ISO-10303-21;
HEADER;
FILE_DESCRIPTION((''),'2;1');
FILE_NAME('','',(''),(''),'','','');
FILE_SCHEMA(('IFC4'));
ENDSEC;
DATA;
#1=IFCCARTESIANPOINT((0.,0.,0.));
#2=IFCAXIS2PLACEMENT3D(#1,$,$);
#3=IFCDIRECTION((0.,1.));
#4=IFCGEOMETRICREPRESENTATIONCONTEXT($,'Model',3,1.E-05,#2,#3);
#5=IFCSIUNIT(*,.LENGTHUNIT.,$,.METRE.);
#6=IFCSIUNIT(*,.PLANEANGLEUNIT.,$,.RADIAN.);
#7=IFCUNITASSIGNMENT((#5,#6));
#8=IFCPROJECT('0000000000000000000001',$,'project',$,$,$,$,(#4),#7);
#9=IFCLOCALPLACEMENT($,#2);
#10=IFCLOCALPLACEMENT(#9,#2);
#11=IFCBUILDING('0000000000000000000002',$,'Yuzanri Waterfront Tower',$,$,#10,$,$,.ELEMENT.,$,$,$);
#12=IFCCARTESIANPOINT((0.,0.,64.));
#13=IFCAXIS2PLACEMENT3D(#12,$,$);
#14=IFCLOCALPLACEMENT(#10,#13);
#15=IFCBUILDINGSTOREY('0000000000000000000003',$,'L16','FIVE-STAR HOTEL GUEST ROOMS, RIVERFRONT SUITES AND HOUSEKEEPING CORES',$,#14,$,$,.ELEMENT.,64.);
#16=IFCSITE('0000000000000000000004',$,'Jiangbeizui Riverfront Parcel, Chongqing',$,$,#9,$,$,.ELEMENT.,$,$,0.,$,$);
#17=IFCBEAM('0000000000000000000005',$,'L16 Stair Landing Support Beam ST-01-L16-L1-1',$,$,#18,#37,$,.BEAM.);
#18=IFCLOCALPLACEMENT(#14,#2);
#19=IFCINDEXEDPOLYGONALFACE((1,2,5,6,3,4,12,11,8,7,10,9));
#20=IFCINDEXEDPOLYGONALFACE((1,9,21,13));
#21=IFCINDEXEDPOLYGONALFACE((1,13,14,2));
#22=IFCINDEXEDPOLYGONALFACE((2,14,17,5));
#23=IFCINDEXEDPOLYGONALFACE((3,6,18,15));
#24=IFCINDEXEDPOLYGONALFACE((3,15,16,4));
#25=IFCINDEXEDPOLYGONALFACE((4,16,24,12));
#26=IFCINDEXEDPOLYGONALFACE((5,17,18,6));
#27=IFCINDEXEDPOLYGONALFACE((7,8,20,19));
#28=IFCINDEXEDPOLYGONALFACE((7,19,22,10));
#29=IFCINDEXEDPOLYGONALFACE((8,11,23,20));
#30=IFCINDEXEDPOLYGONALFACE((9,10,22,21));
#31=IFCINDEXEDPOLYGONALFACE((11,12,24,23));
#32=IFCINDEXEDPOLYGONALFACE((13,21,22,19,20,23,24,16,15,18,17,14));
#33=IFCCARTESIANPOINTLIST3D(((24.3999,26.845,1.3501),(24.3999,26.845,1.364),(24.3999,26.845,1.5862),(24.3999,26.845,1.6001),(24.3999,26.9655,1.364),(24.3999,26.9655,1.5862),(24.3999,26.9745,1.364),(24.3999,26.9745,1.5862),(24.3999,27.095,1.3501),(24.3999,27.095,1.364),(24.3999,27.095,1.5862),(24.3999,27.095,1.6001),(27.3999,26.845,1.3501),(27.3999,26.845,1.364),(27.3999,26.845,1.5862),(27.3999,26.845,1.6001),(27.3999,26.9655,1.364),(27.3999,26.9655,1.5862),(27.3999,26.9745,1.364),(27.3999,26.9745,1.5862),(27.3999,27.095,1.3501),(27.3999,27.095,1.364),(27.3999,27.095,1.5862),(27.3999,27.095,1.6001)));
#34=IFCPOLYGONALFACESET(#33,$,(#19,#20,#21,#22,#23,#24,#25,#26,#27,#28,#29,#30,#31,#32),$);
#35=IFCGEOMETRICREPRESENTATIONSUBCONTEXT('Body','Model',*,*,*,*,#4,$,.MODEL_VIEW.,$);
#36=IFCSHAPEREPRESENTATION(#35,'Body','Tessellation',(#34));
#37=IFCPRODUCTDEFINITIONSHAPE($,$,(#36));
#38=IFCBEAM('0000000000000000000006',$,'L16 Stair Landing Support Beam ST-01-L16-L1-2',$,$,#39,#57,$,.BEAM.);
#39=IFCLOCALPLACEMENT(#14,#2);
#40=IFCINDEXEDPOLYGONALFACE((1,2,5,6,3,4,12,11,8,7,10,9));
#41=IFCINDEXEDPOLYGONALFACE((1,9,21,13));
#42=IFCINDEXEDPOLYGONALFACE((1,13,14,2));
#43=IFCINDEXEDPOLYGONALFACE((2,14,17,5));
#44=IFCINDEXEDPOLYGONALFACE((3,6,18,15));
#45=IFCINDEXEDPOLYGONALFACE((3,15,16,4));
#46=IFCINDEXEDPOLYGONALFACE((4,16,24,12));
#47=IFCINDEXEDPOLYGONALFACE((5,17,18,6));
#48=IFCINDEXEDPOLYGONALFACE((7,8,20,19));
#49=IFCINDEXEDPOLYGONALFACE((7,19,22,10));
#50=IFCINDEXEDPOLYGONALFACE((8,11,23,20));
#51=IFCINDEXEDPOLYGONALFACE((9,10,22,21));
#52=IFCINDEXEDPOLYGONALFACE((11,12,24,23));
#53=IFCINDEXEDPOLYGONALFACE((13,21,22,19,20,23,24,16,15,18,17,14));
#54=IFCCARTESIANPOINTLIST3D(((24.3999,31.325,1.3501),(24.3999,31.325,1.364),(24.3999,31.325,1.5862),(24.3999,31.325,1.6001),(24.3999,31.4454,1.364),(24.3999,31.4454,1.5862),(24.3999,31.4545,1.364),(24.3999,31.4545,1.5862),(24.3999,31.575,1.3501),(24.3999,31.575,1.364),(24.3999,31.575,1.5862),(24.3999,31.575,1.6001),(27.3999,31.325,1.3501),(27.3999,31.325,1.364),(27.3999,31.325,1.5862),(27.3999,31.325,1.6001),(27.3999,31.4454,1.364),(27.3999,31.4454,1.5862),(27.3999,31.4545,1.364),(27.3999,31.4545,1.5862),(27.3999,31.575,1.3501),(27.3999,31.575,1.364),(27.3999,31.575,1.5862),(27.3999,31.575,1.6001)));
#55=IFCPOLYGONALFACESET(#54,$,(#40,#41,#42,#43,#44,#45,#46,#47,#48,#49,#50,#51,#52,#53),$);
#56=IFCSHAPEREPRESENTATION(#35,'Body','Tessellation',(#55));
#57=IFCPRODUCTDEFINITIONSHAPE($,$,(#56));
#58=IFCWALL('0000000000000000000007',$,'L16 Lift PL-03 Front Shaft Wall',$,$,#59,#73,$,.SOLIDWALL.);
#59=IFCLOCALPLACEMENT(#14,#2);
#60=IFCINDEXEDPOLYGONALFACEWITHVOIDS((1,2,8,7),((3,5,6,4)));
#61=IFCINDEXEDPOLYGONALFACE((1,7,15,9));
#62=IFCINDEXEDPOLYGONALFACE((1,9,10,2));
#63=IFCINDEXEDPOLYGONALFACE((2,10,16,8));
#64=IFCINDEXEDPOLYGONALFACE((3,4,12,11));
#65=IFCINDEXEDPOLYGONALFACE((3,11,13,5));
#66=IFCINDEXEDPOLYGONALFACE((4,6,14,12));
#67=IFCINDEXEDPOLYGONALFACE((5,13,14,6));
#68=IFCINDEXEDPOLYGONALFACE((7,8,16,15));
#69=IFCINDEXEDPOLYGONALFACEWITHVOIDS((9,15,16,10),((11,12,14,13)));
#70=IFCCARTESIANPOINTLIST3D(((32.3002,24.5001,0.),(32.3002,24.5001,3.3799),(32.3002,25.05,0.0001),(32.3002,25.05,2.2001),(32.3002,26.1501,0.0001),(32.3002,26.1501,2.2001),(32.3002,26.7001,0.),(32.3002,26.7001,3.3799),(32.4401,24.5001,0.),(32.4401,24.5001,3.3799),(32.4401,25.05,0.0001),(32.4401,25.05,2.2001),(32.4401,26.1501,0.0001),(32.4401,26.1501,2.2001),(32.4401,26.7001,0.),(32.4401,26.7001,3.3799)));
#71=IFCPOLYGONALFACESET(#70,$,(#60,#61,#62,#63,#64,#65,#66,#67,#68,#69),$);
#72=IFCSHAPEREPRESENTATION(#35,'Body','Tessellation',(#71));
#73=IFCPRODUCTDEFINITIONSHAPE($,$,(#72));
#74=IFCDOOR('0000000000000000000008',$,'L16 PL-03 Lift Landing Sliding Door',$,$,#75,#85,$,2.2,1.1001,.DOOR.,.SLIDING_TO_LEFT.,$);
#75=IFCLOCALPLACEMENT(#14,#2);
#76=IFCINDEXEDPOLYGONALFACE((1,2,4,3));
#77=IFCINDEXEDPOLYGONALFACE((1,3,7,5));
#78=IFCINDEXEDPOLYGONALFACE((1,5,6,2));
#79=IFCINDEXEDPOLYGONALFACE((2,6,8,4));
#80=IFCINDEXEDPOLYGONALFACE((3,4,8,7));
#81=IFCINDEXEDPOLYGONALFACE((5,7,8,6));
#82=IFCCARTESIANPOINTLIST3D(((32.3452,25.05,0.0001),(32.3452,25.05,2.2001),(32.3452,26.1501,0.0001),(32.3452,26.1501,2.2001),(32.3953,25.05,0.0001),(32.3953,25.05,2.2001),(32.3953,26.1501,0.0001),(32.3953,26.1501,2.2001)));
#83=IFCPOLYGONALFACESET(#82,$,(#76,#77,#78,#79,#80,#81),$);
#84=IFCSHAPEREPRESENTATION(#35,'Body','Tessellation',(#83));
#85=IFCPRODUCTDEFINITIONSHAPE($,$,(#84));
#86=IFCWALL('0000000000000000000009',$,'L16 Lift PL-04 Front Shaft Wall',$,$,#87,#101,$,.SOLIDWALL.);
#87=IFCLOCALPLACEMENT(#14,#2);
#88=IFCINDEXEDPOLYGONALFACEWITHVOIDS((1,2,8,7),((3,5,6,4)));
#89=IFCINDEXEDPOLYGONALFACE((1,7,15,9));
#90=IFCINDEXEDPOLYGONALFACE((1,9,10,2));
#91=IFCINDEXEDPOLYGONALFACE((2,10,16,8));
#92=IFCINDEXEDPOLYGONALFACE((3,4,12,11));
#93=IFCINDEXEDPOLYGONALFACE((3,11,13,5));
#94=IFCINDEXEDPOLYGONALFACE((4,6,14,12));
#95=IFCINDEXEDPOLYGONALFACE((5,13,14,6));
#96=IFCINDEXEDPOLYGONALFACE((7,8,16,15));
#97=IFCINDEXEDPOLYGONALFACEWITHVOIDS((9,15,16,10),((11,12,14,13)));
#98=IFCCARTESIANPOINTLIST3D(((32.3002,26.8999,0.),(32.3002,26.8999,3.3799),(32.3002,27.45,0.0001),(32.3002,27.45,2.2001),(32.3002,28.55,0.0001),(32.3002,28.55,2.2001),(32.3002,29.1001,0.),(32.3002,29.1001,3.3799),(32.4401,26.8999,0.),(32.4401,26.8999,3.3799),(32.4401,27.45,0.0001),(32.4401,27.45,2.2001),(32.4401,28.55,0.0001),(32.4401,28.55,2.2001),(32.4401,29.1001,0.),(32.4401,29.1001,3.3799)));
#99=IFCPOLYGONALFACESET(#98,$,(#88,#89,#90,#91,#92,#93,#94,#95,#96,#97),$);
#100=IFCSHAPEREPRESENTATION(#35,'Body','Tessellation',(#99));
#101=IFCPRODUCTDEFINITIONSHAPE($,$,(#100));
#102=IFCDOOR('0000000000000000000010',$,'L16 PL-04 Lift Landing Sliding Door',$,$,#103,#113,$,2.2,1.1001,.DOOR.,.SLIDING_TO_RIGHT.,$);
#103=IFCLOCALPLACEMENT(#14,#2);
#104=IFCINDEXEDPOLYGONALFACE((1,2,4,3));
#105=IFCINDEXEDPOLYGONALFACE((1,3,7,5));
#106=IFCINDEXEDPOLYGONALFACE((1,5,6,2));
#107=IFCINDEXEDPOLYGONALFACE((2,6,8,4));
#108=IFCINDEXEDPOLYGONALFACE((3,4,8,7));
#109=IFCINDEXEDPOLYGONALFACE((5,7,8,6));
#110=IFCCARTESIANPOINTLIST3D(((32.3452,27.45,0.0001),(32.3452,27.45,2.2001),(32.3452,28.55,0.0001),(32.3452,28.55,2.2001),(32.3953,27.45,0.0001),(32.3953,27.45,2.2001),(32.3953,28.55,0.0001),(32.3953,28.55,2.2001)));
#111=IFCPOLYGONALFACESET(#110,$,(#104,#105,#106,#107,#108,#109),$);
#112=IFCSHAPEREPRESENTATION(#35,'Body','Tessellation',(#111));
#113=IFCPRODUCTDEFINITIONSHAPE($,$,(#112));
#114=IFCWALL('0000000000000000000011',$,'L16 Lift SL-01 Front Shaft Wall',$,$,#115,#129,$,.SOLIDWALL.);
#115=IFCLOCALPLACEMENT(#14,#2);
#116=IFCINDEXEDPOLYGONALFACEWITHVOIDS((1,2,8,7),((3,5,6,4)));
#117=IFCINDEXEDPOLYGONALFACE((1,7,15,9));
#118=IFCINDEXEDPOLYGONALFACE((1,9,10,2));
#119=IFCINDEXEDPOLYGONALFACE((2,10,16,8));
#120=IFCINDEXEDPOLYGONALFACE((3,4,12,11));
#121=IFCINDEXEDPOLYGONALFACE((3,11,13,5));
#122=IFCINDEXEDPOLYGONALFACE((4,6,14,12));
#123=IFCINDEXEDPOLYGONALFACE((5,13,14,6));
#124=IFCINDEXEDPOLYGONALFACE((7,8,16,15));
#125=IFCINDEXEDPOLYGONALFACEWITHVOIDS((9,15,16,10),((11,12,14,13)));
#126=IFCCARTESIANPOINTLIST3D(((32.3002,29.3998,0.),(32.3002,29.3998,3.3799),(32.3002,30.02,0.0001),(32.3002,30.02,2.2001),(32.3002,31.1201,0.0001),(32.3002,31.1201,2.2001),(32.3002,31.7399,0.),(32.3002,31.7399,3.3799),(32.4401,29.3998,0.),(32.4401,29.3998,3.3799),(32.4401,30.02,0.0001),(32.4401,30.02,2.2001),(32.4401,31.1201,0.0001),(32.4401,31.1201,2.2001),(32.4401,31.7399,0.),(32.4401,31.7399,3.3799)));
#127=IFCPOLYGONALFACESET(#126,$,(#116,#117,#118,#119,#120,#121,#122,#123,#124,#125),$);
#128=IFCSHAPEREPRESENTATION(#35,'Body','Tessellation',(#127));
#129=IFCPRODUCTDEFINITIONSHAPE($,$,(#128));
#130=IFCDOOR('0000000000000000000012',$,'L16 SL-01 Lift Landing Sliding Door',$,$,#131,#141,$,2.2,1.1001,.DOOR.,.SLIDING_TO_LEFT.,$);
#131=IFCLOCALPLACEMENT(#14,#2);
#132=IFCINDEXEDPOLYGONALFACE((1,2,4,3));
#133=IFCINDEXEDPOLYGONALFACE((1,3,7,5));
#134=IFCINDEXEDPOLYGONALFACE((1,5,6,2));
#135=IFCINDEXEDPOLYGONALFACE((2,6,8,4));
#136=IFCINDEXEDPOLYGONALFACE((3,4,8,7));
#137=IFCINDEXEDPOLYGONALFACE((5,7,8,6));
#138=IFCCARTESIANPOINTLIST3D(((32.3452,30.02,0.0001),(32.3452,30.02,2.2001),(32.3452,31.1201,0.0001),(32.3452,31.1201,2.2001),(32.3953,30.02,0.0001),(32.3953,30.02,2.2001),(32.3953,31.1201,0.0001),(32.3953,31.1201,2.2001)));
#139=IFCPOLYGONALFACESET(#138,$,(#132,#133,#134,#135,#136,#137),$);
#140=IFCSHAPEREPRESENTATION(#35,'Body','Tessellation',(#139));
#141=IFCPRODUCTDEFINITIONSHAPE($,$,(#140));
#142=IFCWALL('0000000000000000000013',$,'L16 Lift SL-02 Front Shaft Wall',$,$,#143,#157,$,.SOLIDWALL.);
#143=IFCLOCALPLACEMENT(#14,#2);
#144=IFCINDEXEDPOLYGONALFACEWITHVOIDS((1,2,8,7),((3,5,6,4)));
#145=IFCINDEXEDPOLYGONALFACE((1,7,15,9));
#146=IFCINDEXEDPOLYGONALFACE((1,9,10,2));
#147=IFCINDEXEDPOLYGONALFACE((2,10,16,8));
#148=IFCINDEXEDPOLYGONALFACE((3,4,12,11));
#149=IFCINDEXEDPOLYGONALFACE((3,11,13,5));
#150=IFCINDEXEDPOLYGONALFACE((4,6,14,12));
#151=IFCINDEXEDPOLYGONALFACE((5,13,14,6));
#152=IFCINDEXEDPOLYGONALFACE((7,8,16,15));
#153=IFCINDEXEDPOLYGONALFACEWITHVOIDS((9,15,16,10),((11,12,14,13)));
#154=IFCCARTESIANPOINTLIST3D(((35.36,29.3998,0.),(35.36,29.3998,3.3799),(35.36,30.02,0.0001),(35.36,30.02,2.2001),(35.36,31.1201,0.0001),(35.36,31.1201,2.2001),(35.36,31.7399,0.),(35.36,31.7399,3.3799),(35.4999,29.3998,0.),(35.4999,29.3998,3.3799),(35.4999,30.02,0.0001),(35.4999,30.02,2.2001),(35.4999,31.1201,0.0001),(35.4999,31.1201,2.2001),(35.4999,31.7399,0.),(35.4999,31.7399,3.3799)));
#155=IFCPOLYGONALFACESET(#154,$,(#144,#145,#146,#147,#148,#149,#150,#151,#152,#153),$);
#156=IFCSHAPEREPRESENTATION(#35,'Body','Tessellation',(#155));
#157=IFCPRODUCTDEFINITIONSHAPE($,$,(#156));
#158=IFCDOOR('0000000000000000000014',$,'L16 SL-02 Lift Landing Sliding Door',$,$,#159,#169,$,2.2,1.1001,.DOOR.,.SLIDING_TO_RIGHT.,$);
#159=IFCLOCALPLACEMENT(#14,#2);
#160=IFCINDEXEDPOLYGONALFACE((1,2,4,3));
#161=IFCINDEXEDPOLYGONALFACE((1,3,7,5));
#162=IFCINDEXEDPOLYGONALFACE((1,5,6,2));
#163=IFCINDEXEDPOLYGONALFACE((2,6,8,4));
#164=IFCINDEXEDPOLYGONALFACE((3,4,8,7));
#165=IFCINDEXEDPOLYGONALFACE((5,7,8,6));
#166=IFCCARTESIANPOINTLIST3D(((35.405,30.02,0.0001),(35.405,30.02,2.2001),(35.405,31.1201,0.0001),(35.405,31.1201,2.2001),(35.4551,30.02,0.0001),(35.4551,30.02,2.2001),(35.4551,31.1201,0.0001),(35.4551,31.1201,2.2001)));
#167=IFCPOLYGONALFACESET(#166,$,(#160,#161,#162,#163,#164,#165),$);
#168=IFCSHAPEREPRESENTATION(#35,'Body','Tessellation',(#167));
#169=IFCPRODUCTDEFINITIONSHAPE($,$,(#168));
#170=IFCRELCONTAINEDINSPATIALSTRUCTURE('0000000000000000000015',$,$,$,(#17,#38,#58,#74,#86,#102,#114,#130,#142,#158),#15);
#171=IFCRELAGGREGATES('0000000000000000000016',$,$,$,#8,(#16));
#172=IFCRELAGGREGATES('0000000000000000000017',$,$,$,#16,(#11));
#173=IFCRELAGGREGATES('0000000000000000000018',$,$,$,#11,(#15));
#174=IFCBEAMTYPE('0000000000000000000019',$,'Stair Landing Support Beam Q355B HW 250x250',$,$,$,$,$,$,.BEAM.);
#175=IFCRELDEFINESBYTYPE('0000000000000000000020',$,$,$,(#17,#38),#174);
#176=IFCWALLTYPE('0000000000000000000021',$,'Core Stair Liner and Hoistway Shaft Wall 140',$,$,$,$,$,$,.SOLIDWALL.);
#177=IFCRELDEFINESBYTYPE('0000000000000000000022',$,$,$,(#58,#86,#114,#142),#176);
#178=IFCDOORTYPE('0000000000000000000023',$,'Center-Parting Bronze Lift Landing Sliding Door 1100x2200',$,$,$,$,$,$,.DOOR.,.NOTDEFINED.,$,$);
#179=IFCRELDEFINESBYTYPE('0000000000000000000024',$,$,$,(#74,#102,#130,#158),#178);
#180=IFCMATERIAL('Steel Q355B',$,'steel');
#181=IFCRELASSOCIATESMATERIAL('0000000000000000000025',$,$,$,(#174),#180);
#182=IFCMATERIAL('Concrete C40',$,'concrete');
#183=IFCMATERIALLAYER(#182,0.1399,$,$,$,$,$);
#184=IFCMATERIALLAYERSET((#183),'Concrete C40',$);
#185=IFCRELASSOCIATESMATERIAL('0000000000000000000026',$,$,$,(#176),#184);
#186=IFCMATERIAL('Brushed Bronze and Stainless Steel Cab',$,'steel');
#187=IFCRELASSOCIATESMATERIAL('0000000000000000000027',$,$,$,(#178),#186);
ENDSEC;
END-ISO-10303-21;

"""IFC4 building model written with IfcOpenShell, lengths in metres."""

from ifc_helpers import new_model, si_unit, direction, frame, frame_2d, origin, origin_2d, place, context, subcontext, project, spatial, rectangle, i_section, extrude, source, transform, mapped, material, layer, layer_set, material_profile, profile_set, type_object, element, fill, save


model = new_model("IFC4")

# Units and contexts
model_context = context("Model", 3, precision=1e-05, world=origin(), true_north=direction((0.0, 1.0)))
body_context = subcontext(model_context, "Body", "Model", "MODEL_VIEW")
ifc_project = project(units=[si_unit("LENGTHUNIT", "METRE"), si_unit("PLANEANGLEUNIT", "RADIAN")], contexts=[model_context])

# Site, building, storey
site_placement = place(None, origin())
site = spatial("IfcSite", under=ifc_project, at=site_placement, Name="Jiangbeizui Riverfront Parcel, Chongqing", CompositionType="ELEMENT", RefElevation=0.0)
building_placement = place(site_placement, origin())
building = spatial("IfcBuilding", under=site, at=building_placement, Name="Yuzanri Waterfront Tower", CompositionType="ELEMENT")
storey_placement = place(building_placement, frame((0.0, 0.0, 64.0)))
storey = spatial("IfcBuildingStorey", under=building, at=storey_placement, Name="L16", Description="FIVE-STAR HOTEL GUEST ROOMS, RIVERFRONT SUITES AND HOUSEKEEPING CORES", CompositionType="ELEMENT", Elevation=64.0)

# Beams
ifc_material_1 = material(Name="Steel Q355B", Category="steel")
ifc_material_profile = material_profile(ifc_material_1, i_section(OverallWidth=0.25, OverallDepth=0.25, WebThickness=0.009, FlangeThickness=0.0139, at=origin_2d()), Name="HW 250x250x9x14")
ifc_profile_set = profile_set([ifc_material_profile], Name="Steel Q355B")
beam_type = type_object("IfcBeamType", Name="Stair Landing Support Beam Q355B HW 250x250", PredefinedType="BEAM", material=ifc_profile_set)
shared_shape_1 = source(origin(), body_context, "Body", "SweptSolid", [
    extrude(i_section(OverallWidth=0.25, OverallDepth=0.25, WebThickness=0.009, FlangeThickness=0.0139, at=origin_2d()), origin(), (0.0, 0.0, 1.0), 3.0),
])
for number, where, z_axis, x_axis, name in (
    (1, (24.3999, 26.97, 1.4751), (1.0, 0.0, 0.0), (0.0, 1.0, 0.0), "L16 Stair Landing Support Beam ST-01-L16-L1-1"),
    (2, (24.3999, 31.45, 1.4751), (1.0, 0.0, 0.0), (0.0, 1.0, 0.0), "L16 Stair Landing Support Beam ST-01-L16-L1-2"),
):
    element("IfcBeam", number, at=place(storey_placement, frame(where, z_axis=z_axis, x_axis=x_axis)), inside=storey, type_object=beam_type, Name=name, PredefinedType="BEAM", context=body_context, shape_type="MappedRepresentation", body=[
        mapped(shared_shape_1, transform((0.0, 0.0, 0.0), scale=1.0)),
    ])

# Walls, openings, doors
ifc_material_2 = material(Name="Concrete C40", Category="concrete")
ifc_layer_1 = layer(ifc_material_2, 0.1399)
ifc_layer_set_1 = layer_set([ifc_layer_1], Name="Concrete C40")
wall_type_1 = type_object("IfcWallType", Name="Core Stair Liner and Hoistway Shaft Wall 140", PredefinedType="SOLIDWALL", material=ifc_layer_set_1)
wall_1_placement = place(storey_placement, frame((32.3701, 24.5, 0.0), z_axis=(0.0, 0.0, 1.0), x_axis=(0.0, 1.0, 0.0)))
wall_1 = element("IfcWall", 3, at=wall_1_placement, inside=storey, type_object=wall_type_1, Name="L16 Lift PL-03 Front Shaft Wall", PredefinedType="SOLIDWALL", context=body_context, shape_type="SweptSolid", body=[
    extrude(rectangle(XDim=2.2, YDim=0.1399, at=frame_2d((1.1001, 0.0))), origin(), (0.0, 0.0, 1.0), 3.3799),
])
opening_1_placement = place(wall_1_placement, frame((0.55, 0.0, 0.0)))
opening_1 = element("IfcOpeningElement", 4, at=opening_1_placement, cuts=wall_1, PredefinedType="OPENING", context=body_context, shape_type="SweptSolid", body=[
    extrude(rectangle(XDim=1.1001, YDim=2.2, at=frame_2d((0.55, 1.1001))), frame((0.0, 0.085, 0.0), z_axis=(0.0, -1.0, 0.0), x_axis=(1.0, 0.0, 0.0)), (0.0, 0.0, 1.0), 0.1697),
])
ifc_material_3 = material(Name="Brushed Bronze and Stainless Steel Cab", Category="steel")
door_type_1 = type_object("IfcDoorType", Name="Center-Parting Bronze Lift Landing Sliding Door 1100x2200", OperationType="NOTDEFINED", PredefinedType="DOOR", material=ifc_material_3)
shared_shape_2 = source(origin(), body_context, "Body", "SweptSolid", [
    extrude(rectangle(XDim=1.1001, YDim=2.2, at=frame_2d((0.55, 1.1001))), frame((0.0, 0.0249, 0.0), z_axis=(0.0, -1.0, 0.0), x_axis=(1.0, 0.0, 0.0)), (0.0, 0.0, 1.0), 0.05),
])
door_1_placement = place(opening_1_placement, origin())
door_1 = element("IfcDoor", 5, at=door_1_placement, inside=storey, type_object=door_type_1, Name="L16 PL-03 Lift Landing Sliding Door", OperationType="SLIDING_TO_LEFT", OverallHeight=2.2, OverallWidth=1.1001, PredefinedType="DOOR", context=body_context, shape_type="MappedRepresentation", body=[
    mapped(shared_shape_2, transform((0.0, 0.0, 0.0), scale=1.0)),
])
fill(opening_1, door_1)
wall_2_placement = place(storey_placement, frame((32.3701, 26.8999, 0.0), z_axis=(0.0, 0.0, 1.0), x_axis=(0.0, 1.0, 0.0)))
wall_2 = element("IfcWall", 6, at=wall_2_placement, inside=storey, type_object=wall_type_1, Name="L16 Lift PL-04 Front Shaft Wall", PredefinedType="SOLIDWALL", context=body_context, shape_type="SweptSolid", body=[
    extrude(rectangle(XDim=2.2002, YDim=0.1399, at=frame_2d((1.1001, 0.0))), origin(), (0.0, 0.0, 1.0), 3.3799),
])
opening_2_placement = place(wall_2_placement, frame((0.55, 0.0, 0.0)))
opening_2 = element("IfcOpeningElement", 7, at=opening_2_placement, cuts=wall_2, PredefinedType="OPENING", context=body_context, shape_type="SweptSolid", body=[
    extrude(rectangle(XDim=1.1001, YDim=2.2, at=frame_2d((0.55, 1.1001))), frame((0.0, 0.085, 0.0), z_axis=(0.0, -1.0, 0.0), x_axis=(1.0, 0.0, 0.0)), (0.0, 0.0, 1.0), 0.1697),
])
door_2_placement = place(opening_2_placement, origin())
door_2 = element("IfcDoor", 8, at=door_2_placement, inside=storey, type_object=door_type_1, Name="L16 PL-04 Lift Landing Sliding Door", OperationType="SLIDING_TO_RIGHT", OverallHeight=2.2, OverallWidth=1.1001, PredefinedType="DOOR", context=body_context, shape_type="MappedRepresentation", body=[
    mapped(shared_shape_2, transform((0.0, 0.0, 0.0), scale=1.0)),
])
fill(opening_2, door_2)
wall_3_placement = place(storey_placement, frame((32.3701, 29.3999, 0.0), z_axis=(0.0, 0.0, 1.0), x_axis=(0.0, 1.0, 0.0)))
wall_3 = element("IfcWall", 9, at=wall_3_placement, inside=storey, type_object=wall_type_1, Name="L16 Lift SL-01 Front Shaft Wall", PredefinedType="SOLIDWALL", context=body_context, shape_type="SweptSolid", body=[
    extrude(rectangle(XDim=2.3401, YDim=0.1399, at=frame_2d((1.1699, 0.0))), origin(), (0.0, 0.0, 1.0), 3.3799),
])
opening_3_placement = place(wall_3_placement, frame((0.6201, 0.0, 0.0)))
opening_3 = element("IfcOpeningElement", 10, at=opening_3_placement, cuts=wall_3, PredefinedType="OPENING", context=body_context, shape_type="SweptSolid", body=[
    extrude(rectangle(XDim=1.1001, YDim=2.2, at=frame_2d((0.55, 1.1001))), frame((0.0, 0.085, 0.0), z_axis=(0.0, -1.0, 0.0), x_axis=(1.0, 0.0, 0.0)), (0.0, 0.0, 1.0), 0.1697),
])
door_3_placement = place(opening_3_placement, origin())
door_3 = element("IfcDoor", 11, at=door_3_placement, inside=storey, type_object=door_type_1, Name="L16 SL-01 Lift Landing Sliding Door", OperationType="SLIDING_TO_LEFT", OverallHeight=2.2, OverallWidth=1.1001, PredefinedType="DOOR", context=body_context, shape_type="MappedRepresentation", body=[
    mapped(shared_shape_2, transform((0.0, 0.0, 0.0), scale=1.0)),
])
fill(opening_3, door_3)
wall_4_placement = place(storey_placement, frame((35.4299, 29.3999, 0.0), z_axis=(0.0, 0.0, 1.0), x_axis=(0.0, 1.0, 0.0)))
wall_4 = element("IfcWall", 12, at=wall_4_placement, inside=storey, type_object=wall_type_1, Name="L16 Lift SL-02 Front Shaft Wall", PredefinedType="SOLIDWALL", context=body_context, shape_type="SweptSolid", body=[
    extrude(rectangle(XDim=2.3401, YDim=0.1399, at=frame_2d((1.1699, 0.0))), origin(), (0.0, 0.0, 1.0), 3.3799),
])
opening_4_placement = place(wall_4_placement, frame((0.6201, 0.0, 0.0)))
opening_4 = element("IfcOpeningElement", 13, at=opening_4_placement, cuts=wall_4, PredefinedType="OPENING", context=body_context, shape_type="SweptSolid", body=[
    extrude(rectangle(XDim=1.1001, YDim=2.2, at=frame_2d((0.55, 1.1001))), frame((0.0, 0.085, 0.0), z_axis=(0.0, -1.0, 0.0), x_axis=(1.0, 0.0, 0.0)), (0.0, 0.0, 1.0), 0.1697),
])
door_4_placement = place(opening_4_placement, origin())
door_4 = element("IfcDoor", 14, at=door_4_placement, inside=storey, type_object=door_type_1, Name="L16 SL-02 Lift Landing Sliding Door", OperationType="SLIDING_TO_RIGHT", OverallHeight=2.2, OverallWidth=1.1001, PredefinedType="DOOR", context=body_context, shape_type="MappedRepresentation", body=[
    mapped(shared_shape_2, transform((0.0, 0.0, 0.0), scale=1.0)),
])
fill(opening_4, door_4)

save(model, "model.ifc")
